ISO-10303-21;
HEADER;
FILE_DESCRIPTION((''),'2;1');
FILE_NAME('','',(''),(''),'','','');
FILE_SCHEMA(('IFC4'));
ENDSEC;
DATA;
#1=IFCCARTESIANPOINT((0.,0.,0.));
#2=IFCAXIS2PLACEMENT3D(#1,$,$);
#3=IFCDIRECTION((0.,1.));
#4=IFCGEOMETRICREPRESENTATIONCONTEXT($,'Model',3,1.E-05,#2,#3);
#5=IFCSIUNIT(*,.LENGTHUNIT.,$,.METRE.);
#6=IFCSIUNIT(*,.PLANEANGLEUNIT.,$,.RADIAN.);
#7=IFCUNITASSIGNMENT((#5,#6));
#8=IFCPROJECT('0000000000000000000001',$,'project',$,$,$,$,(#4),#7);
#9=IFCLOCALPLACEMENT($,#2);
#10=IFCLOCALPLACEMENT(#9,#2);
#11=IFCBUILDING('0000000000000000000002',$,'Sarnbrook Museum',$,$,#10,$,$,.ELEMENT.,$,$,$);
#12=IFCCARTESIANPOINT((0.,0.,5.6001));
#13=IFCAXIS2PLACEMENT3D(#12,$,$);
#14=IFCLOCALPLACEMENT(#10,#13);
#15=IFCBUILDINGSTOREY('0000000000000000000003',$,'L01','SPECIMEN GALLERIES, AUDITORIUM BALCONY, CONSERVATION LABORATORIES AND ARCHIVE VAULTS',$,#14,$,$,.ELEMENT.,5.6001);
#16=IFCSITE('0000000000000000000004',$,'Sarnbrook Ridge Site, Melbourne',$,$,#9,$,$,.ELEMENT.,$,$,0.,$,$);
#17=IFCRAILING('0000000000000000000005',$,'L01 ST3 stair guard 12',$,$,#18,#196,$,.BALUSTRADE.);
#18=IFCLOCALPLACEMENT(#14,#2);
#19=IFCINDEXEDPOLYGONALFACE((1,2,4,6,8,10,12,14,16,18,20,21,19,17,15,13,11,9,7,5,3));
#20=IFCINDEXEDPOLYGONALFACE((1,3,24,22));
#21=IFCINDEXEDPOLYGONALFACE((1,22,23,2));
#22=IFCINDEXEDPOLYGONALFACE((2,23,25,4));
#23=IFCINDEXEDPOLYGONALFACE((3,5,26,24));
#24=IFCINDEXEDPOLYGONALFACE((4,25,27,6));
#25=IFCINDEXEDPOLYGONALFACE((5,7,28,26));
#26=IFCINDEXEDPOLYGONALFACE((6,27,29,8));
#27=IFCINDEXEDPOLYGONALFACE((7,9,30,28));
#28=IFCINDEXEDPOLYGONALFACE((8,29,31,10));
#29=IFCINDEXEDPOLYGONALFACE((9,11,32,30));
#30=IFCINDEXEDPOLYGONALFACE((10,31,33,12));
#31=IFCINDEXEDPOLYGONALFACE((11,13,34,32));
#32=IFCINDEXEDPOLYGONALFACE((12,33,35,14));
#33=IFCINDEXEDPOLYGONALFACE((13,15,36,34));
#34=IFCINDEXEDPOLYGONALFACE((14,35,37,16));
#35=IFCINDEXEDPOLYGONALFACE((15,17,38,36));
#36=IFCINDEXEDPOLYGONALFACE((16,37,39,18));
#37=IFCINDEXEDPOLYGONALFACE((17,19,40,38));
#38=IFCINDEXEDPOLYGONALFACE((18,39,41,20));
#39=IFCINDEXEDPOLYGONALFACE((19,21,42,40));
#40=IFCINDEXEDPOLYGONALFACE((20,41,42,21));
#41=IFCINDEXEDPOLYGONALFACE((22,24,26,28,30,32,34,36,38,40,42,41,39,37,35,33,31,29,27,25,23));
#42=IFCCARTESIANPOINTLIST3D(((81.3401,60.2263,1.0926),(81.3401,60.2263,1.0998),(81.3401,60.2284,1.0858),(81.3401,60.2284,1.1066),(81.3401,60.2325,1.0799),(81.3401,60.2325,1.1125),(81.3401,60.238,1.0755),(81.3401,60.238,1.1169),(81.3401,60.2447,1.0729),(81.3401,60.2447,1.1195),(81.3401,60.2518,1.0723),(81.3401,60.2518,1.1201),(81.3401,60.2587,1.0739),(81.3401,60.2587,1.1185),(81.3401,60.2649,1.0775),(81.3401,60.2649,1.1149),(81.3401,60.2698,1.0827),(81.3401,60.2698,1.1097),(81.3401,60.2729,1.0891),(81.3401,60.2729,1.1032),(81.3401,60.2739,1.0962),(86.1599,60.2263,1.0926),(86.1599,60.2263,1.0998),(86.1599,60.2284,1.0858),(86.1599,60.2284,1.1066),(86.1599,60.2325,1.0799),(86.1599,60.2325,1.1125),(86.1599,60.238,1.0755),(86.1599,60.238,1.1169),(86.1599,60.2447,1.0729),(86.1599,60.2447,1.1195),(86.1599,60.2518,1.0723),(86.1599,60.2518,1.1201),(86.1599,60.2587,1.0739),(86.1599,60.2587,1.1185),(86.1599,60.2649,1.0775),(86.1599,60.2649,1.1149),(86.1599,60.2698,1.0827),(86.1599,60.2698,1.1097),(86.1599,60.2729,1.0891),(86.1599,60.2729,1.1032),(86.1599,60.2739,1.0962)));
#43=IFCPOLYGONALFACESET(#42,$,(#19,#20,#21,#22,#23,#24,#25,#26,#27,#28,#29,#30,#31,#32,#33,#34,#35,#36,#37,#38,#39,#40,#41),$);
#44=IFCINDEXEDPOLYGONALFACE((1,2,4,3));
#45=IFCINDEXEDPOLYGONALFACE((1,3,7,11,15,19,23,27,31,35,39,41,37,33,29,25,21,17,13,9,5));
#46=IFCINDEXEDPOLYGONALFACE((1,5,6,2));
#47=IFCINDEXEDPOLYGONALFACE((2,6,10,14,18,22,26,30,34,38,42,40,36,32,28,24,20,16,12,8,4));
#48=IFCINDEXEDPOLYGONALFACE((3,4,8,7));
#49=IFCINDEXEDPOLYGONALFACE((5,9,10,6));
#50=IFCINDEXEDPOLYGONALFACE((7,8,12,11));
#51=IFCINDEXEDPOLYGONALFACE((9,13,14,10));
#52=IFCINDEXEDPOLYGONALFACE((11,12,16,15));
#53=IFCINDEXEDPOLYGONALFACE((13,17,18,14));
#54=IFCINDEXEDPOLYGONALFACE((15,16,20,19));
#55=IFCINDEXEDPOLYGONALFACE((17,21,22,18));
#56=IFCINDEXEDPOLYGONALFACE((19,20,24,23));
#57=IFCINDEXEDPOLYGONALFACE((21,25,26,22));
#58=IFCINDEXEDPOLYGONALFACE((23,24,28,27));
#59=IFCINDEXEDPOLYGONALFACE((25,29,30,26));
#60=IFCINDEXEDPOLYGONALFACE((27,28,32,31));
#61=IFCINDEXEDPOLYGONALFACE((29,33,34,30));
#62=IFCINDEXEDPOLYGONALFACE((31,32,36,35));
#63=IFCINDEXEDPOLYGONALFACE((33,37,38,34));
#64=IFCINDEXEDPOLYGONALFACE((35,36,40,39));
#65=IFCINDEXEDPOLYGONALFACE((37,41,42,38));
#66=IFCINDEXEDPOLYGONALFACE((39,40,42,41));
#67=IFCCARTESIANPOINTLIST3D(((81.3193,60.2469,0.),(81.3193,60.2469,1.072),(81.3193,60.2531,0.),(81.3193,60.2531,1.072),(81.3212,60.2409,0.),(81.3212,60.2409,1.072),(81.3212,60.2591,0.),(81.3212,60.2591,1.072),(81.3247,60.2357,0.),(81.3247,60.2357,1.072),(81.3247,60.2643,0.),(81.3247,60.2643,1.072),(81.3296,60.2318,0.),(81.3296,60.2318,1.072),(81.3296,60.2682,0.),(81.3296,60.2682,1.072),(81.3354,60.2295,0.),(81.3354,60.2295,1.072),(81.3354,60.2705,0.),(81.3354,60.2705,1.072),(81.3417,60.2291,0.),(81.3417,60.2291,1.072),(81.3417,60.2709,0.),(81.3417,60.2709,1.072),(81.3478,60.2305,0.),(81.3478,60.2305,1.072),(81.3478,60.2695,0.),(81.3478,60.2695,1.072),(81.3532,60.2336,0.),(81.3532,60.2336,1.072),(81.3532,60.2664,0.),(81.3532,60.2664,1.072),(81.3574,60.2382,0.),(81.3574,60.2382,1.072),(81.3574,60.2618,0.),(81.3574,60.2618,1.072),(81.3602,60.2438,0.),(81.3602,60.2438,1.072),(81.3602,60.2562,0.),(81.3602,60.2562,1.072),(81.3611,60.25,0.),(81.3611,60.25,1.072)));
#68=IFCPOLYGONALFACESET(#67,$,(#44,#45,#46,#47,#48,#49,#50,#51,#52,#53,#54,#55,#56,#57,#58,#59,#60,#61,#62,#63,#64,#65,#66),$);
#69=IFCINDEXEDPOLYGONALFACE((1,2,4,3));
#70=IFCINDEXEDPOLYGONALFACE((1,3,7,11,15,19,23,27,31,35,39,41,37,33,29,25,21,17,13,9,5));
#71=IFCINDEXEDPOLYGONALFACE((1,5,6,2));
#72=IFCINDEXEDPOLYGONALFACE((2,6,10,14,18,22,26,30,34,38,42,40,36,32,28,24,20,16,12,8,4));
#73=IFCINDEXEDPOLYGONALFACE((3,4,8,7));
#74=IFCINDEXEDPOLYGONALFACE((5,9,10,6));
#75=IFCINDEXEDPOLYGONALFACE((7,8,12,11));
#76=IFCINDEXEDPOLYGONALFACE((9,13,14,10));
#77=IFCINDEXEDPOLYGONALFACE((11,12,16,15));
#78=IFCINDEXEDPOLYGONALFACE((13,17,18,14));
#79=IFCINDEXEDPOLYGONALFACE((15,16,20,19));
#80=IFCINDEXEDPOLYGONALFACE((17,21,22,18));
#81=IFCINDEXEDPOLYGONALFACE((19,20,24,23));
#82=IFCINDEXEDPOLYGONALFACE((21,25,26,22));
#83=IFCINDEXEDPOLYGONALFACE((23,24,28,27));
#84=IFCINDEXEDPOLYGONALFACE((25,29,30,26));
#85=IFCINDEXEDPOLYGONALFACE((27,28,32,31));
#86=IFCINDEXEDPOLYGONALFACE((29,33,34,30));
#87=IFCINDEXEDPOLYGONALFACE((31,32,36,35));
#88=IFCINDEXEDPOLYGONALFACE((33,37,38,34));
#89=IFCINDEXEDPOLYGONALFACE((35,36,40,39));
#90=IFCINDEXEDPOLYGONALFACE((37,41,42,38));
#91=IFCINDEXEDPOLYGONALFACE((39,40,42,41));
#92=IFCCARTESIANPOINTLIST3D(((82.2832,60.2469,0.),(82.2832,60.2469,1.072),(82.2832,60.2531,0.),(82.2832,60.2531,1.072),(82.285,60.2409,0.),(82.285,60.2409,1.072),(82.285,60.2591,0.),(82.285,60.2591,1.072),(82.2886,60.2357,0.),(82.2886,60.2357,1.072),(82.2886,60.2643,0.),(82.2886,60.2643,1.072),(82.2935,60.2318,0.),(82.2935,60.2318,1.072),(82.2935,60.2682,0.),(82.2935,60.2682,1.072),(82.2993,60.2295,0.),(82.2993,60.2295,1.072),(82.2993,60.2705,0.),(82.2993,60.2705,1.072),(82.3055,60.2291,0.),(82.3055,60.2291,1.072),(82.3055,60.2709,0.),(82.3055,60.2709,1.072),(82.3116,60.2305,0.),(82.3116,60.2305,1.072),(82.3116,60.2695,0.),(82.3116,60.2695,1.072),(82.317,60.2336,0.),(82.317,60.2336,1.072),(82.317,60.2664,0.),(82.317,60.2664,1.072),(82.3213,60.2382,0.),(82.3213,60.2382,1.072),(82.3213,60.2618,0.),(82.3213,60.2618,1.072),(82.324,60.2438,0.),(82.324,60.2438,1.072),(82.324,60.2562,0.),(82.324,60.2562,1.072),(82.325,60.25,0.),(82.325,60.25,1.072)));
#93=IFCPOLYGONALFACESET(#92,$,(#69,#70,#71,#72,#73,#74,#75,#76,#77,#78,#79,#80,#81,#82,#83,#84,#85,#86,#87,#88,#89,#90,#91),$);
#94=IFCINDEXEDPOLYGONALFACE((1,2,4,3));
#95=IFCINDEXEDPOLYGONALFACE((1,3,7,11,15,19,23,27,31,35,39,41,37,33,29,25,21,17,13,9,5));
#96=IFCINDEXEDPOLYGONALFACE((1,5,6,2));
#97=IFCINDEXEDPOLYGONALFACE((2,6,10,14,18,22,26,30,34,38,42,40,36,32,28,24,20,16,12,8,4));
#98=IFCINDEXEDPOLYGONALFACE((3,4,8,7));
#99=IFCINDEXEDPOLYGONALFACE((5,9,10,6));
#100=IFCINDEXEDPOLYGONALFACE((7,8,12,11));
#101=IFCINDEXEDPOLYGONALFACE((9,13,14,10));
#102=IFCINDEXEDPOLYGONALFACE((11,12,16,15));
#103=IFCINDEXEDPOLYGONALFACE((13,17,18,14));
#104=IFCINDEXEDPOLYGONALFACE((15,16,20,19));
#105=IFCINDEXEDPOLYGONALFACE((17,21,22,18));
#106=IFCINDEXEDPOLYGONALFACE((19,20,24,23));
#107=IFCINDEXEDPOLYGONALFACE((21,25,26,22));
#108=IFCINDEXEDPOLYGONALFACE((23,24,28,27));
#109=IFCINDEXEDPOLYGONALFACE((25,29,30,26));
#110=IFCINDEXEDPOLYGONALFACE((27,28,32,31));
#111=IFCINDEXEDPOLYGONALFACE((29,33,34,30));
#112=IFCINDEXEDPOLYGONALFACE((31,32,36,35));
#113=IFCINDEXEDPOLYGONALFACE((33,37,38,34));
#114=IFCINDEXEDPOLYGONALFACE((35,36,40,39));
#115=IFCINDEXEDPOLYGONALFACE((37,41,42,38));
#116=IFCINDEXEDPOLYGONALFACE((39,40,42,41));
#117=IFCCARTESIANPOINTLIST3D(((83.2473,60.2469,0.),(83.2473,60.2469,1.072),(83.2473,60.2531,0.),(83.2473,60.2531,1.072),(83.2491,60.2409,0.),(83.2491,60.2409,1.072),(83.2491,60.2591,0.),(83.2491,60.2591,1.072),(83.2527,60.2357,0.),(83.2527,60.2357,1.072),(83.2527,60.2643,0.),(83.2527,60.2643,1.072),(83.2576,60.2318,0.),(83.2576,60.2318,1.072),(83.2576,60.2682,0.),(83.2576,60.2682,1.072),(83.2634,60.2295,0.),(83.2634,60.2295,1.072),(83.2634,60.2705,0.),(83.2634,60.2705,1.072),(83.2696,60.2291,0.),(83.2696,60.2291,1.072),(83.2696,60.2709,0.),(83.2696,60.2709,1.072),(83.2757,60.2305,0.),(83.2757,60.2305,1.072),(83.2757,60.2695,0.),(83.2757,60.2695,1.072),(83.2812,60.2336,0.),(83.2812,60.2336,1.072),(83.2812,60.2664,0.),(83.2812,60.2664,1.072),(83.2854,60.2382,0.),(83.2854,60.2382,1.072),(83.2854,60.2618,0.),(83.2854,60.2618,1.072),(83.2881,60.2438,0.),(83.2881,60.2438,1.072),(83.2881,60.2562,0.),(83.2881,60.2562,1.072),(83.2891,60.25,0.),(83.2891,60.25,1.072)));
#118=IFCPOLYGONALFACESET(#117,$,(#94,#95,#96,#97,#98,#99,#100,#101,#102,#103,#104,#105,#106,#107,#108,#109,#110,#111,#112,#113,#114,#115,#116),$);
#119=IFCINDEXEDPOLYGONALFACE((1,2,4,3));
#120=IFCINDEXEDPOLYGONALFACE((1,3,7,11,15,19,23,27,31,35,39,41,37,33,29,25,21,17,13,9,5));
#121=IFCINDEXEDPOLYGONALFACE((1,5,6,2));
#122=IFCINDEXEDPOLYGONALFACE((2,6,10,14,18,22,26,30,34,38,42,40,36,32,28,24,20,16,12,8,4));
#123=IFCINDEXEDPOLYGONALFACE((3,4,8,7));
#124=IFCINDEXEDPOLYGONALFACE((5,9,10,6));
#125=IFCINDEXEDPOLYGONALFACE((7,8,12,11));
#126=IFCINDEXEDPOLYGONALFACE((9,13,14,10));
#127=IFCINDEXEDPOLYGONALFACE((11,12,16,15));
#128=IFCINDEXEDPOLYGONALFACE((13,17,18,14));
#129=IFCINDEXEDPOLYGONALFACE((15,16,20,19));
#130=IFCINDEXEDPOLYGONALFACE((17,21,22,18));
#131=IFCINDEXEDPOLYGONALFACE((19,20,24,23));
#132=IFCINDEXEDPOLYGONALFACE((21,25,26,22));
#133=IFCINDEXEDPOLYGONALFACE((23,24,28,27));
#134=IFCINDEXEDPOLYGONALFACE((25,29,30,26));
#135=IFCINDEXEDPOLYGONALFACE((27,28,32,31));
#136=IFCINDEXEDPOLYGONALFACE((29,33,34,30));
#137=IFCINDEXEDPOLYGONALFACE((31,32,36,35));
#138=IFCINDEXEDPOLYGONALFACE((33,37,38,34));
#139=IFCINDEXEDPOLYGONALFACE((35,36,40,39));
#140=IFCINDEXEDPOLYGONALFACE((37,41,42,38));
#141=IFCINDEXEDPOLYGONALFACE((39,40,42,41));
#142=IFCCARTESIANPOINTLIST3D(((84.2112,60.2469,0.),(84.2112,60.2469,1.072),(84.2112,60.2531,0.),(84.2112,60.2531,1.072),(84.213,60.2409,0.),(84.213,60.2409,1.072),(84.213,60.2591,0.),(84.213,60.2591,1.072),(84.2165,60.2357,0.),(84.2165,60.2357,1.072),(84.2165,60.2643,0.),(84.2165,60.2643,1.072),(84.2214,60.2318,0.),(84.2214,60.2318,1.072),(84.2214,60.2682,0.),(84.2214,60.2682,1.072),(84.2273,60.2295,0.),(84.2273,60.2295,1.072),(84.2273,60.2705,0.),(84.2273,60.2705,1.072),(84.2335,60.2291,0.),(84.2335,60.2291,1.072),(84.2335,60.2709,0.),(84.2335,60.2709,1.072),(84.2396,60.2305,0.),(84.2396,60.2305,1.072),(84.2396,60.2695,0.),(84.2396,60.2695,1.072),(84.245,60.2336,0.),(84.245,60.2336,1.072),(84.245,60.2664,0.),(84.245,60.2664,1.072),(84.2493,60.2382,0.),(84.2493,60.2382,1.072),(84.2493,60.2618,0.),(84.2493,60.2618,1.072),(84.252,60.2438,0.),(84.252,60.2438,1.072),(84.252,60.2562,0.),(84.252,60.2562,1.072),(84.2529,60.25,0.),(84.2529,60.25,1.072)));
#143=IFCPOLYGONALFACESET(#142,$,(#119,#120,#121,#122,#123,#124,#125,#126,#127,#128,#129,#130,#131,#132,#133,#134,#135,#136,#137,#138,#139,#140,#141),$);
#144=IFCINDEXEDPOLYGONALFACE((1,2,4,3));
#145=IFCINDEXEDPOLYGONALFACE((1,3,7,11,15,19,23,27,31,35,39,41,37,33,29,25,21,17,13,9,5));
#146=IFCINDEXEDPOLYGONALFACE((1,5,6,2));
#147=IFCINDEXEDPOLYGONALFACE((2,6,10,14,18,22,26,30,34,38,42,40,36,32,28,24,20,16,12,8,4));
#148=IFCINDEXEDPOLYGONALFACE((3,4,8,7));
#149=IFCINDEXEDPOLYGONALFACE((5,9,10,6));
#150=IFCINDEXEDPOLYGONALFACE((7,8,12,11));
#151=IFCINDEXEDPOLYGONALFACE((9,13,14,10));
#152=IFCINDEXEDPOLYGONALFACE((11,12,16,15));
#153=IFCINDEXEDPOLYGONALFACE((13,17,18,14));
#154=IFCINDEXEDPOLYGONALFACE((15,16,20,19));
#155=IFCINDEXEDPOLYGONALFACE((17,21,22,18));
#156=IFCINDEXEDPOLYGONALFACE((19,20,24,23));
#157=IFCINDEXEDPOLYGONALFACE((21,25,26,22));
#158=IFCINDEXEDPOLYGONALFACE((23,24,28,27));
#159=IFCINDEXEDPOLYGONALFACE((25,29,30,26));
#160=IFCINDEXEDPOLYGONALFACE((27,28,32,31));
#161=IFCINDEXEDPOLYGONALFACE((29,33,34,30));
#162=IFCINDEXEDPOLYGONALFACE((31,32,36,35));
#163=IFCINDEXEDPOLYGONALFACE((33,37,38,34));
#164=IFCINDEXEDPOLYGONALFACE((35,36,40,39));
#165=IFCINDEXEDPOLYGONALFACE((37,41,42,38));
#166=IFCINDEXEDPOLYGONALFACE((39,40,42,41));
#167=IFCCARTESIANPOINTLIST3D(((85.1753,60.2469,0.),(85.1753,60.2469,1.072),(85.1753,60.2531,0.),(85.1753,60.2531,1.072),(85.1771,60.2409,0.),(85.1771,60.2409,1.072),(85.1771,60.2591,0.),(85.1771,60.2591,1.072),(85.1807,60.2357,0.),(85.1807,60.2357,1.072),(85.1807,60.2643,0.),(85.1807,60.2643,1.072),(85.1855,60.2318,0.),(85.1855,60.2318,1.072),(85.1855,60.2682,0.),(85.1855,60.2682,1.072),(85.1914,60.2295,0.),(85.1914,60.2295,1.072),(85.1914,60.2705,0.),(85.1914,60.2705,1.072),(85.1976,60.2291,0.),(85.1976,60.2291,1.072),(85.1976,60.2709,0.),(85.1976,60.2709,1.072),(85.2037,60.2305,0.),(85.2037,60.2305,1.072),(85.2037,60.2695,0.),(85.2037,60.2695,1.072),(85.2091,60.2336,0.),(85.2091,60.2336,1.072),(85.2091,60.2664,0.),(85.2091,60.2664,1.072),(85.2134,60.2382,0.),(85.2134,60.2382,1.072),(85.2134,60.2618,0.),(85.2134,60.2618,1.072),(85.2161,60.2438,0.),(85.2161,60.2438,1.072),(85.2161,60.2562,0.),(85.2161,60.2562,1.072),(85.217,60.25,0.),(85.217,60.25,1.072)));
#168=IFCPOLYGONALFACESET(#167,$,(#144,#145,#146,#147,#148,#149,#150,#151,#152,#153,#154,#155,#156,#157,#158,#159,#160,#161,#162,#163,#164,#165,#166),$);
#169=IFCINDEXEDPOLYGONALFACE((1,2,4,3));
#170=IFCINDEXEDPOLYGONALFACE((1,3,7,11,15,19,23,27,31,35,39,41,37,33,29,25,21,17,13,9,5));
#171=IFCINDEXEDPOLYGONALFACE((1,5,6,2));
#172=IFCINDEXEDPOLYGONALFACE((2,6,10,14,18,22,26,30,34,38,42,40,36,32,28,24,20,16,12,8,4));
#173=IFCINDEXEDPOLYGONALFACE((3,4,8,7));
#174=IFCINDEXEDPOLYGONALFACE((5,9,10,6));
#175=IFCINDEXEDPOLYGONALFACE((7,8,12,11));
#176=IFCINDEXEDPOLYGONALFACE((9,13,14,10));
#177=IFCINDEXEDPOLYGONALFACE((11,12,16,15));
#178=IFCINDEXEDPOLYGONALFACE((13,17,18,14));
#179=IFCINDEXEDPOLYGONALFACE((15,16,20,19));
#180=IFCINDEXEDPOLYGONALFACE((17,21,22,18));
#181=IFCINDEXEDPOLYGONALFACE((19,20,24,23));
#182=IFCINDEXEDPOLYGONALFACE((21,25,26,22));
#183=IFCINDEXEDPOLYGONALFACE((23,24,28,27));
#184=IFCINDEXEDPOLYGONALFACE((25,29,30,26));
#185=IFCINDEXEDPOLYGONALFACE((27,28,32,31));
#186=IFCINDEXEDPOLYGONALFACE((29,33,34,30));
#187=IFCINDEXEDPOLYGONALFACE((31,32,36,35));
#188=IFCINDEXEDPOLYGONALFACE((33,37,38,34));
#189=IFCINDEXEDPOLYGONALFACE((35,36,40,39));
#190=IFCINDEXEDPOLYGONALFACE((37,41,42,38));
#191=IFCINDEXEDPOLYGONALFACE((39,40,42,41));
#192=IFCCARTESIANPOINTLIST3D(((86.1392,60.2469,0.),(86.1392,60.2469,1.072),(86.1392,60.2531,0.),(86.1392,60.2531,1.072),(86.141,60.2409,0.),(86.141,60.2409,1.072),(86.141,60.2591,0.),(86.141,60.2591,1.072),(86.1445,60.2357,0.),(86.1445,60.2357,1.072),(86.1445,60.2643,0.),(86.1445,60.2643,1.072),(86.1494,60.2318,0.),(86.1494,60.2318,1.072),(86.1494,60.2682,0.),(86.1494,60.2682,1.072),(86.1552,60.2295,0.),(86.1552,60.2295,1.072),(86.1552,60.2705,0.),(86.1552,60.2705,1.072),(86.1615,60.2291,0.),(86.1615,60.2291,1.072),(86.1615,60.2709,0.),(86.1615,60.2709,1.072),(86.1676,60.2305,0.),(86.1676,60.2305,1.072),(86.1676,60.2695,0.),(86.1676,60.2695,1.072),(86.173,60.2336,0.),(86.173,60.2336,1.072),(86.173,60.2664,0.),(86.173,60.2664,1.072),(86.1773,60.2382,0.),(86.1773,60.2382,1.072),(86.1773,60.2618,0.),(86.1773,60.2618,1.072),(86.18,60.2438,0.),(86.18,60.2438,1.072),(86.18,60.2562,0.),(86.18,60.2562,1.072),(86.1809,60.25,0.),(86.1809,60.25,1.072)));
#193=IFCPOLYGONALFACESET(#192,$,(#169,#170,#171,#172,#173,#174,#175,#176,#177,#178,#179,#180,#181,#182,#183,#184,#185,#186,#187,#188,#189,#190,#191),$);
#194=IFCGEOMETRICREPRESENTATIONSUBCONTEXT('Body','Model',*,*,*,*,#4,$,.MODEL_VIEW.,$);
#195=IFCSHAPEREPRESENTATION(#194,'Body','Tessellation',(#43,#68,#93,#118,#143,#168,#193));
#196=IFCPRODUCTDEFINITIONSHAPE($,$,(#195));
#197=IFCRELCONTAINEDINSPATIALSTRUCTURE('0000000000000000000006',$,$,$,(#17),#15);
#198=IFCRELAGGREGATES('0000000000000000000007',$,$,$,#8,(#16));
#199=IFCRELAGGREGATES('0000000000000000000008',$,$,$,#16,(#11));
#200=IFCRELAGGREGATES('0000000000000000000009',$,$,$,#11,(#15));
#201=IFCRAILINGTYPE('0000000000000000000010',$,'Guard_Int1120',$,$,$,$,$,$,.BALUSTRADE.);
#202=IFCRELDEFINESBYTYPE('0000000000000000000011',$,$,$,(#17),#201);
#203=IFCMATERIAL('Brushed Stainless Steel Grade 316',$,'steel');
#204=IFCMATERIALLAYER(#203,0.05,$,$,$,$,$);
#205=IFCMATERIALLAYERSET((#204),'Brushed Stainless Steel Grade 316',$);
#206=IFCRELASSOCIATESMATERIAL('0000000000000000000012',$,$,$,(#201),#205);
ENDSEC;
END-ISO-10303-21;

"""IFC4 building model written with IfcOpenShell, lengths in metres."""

from ifc_helpers import new_model, si_unit, direction, frame, origin, origin_2d, place, context, subcontext, project, spatial, circle, extrude, material, layer, layer_set, type_object, element, save


model = new_model("IFC4")

# Units and contexts
model_context = context("Model", 3, precision=1e-05, world=origin(), true_north=direction((0.0, 1.0)))
body_context = subcontext(model_context, "Body", "Model", "MODEL_VIEW")
ifc_project = project(units=[si_unit("LENGTHUNIT", "METRE"), si_unit("PLANEANGLEUNIT", "RADIAN")], contexts=[model_context])

# Site, building, storey
site_placement = place(None, origin())
site = spatial("IfcSite", under=ifc_project, at=site_placement, Name="Sarnbrook Ridge Site, Melbourne", CompositionType="ELEMENT", RefElevation=0.0)
building_placement = place(site_placement, origin())
building = spatial("IfcBuilding", under=site, at=building_placement, Name="Sarnbrook Museum", CompositionType="ELEMENT")
storey_placement = place(building_placement, frame((0.0, 0.0, 5.6001)))
storey = spatial("IfcBuildingStorey", under=building, at=storey_placement, Name="L01", Description="SPECIMEN GALLERIES, AUDITORIUM BALCONY, CONSERVATION LABORATORIES AND ARCHIVE VAULTS", CompositionType="ELEMENT", Elevation=5.6001)

# Shared definitions
ifc_material_1 = material(Name="Brushed Stainless Steel Grade 316", Category="steel")

# Railing
ifc_layer_1 = layer(ifc_material_1, 0.05)
ifc_layer_set_1 = layer_set([ifc_layer_1], Name="Brushed Stainless Steel Grade 316")
railing_type_1 = type_object("IfcRailingType", Name="Guard_Int1120", PredefinedType="BALUSTRADE", material=ifc_layer_set_1)
railing_1_placement = place(storey_placement, frame((81.3401, 60.25, 0.0)))
element("IfcRailing", 1, at=railing_1_placement, inside=storey, type_object=railing_type_1, Name="L01 ST3 stair guard 12", PredefinedType="BALUSTRADE", context=body_context, shape_type="SweptSolid", body=[
    extrude(circle(Radius=0.0239, at=origin_2d()), frame((0.0, 0.0, 1.0962), z_axis=(1.0, 0.0, 0.0), x_axis=(0.0, 1.0, 0.0)), (0.0, 0.0, 1.0), 4.8198),
    extrude(circle(Radius=0.021, at=origin_2d()), origin(), (0.0, 0.0, 1.0), 1.072),
    extrude(circle(Radius=0.021, at=origin_2d()), frame((0.9639, 0.0, 0.0)), (0.0, 0.0, 1.0), 1.072),
    extrude(circle(Radius=0.021, at=origin_2d()), frame((1.928, 0.0, 0.0)), (0.0, 0.0, 1.0), 1.072),
    extrude(circle(Radius=0.021, at=origin_2d()), frame((2.8918, 0.0, 0.0)), (0.0, 0.0, 1.0), 1.072),
    extrude(circle(Radius=0.021, at=origin_2d()), frame((3.856, 0.0, 0.0)), (0.0, 0.0, 1.0), 1.072),
    extrude(circle(Radius=0.021, at=origin_2d()), frame((4.8198, 0.0, 0.0)), (0.0, 0.0, 1.0), 1.072),
])

save(model, "model.ifc")
